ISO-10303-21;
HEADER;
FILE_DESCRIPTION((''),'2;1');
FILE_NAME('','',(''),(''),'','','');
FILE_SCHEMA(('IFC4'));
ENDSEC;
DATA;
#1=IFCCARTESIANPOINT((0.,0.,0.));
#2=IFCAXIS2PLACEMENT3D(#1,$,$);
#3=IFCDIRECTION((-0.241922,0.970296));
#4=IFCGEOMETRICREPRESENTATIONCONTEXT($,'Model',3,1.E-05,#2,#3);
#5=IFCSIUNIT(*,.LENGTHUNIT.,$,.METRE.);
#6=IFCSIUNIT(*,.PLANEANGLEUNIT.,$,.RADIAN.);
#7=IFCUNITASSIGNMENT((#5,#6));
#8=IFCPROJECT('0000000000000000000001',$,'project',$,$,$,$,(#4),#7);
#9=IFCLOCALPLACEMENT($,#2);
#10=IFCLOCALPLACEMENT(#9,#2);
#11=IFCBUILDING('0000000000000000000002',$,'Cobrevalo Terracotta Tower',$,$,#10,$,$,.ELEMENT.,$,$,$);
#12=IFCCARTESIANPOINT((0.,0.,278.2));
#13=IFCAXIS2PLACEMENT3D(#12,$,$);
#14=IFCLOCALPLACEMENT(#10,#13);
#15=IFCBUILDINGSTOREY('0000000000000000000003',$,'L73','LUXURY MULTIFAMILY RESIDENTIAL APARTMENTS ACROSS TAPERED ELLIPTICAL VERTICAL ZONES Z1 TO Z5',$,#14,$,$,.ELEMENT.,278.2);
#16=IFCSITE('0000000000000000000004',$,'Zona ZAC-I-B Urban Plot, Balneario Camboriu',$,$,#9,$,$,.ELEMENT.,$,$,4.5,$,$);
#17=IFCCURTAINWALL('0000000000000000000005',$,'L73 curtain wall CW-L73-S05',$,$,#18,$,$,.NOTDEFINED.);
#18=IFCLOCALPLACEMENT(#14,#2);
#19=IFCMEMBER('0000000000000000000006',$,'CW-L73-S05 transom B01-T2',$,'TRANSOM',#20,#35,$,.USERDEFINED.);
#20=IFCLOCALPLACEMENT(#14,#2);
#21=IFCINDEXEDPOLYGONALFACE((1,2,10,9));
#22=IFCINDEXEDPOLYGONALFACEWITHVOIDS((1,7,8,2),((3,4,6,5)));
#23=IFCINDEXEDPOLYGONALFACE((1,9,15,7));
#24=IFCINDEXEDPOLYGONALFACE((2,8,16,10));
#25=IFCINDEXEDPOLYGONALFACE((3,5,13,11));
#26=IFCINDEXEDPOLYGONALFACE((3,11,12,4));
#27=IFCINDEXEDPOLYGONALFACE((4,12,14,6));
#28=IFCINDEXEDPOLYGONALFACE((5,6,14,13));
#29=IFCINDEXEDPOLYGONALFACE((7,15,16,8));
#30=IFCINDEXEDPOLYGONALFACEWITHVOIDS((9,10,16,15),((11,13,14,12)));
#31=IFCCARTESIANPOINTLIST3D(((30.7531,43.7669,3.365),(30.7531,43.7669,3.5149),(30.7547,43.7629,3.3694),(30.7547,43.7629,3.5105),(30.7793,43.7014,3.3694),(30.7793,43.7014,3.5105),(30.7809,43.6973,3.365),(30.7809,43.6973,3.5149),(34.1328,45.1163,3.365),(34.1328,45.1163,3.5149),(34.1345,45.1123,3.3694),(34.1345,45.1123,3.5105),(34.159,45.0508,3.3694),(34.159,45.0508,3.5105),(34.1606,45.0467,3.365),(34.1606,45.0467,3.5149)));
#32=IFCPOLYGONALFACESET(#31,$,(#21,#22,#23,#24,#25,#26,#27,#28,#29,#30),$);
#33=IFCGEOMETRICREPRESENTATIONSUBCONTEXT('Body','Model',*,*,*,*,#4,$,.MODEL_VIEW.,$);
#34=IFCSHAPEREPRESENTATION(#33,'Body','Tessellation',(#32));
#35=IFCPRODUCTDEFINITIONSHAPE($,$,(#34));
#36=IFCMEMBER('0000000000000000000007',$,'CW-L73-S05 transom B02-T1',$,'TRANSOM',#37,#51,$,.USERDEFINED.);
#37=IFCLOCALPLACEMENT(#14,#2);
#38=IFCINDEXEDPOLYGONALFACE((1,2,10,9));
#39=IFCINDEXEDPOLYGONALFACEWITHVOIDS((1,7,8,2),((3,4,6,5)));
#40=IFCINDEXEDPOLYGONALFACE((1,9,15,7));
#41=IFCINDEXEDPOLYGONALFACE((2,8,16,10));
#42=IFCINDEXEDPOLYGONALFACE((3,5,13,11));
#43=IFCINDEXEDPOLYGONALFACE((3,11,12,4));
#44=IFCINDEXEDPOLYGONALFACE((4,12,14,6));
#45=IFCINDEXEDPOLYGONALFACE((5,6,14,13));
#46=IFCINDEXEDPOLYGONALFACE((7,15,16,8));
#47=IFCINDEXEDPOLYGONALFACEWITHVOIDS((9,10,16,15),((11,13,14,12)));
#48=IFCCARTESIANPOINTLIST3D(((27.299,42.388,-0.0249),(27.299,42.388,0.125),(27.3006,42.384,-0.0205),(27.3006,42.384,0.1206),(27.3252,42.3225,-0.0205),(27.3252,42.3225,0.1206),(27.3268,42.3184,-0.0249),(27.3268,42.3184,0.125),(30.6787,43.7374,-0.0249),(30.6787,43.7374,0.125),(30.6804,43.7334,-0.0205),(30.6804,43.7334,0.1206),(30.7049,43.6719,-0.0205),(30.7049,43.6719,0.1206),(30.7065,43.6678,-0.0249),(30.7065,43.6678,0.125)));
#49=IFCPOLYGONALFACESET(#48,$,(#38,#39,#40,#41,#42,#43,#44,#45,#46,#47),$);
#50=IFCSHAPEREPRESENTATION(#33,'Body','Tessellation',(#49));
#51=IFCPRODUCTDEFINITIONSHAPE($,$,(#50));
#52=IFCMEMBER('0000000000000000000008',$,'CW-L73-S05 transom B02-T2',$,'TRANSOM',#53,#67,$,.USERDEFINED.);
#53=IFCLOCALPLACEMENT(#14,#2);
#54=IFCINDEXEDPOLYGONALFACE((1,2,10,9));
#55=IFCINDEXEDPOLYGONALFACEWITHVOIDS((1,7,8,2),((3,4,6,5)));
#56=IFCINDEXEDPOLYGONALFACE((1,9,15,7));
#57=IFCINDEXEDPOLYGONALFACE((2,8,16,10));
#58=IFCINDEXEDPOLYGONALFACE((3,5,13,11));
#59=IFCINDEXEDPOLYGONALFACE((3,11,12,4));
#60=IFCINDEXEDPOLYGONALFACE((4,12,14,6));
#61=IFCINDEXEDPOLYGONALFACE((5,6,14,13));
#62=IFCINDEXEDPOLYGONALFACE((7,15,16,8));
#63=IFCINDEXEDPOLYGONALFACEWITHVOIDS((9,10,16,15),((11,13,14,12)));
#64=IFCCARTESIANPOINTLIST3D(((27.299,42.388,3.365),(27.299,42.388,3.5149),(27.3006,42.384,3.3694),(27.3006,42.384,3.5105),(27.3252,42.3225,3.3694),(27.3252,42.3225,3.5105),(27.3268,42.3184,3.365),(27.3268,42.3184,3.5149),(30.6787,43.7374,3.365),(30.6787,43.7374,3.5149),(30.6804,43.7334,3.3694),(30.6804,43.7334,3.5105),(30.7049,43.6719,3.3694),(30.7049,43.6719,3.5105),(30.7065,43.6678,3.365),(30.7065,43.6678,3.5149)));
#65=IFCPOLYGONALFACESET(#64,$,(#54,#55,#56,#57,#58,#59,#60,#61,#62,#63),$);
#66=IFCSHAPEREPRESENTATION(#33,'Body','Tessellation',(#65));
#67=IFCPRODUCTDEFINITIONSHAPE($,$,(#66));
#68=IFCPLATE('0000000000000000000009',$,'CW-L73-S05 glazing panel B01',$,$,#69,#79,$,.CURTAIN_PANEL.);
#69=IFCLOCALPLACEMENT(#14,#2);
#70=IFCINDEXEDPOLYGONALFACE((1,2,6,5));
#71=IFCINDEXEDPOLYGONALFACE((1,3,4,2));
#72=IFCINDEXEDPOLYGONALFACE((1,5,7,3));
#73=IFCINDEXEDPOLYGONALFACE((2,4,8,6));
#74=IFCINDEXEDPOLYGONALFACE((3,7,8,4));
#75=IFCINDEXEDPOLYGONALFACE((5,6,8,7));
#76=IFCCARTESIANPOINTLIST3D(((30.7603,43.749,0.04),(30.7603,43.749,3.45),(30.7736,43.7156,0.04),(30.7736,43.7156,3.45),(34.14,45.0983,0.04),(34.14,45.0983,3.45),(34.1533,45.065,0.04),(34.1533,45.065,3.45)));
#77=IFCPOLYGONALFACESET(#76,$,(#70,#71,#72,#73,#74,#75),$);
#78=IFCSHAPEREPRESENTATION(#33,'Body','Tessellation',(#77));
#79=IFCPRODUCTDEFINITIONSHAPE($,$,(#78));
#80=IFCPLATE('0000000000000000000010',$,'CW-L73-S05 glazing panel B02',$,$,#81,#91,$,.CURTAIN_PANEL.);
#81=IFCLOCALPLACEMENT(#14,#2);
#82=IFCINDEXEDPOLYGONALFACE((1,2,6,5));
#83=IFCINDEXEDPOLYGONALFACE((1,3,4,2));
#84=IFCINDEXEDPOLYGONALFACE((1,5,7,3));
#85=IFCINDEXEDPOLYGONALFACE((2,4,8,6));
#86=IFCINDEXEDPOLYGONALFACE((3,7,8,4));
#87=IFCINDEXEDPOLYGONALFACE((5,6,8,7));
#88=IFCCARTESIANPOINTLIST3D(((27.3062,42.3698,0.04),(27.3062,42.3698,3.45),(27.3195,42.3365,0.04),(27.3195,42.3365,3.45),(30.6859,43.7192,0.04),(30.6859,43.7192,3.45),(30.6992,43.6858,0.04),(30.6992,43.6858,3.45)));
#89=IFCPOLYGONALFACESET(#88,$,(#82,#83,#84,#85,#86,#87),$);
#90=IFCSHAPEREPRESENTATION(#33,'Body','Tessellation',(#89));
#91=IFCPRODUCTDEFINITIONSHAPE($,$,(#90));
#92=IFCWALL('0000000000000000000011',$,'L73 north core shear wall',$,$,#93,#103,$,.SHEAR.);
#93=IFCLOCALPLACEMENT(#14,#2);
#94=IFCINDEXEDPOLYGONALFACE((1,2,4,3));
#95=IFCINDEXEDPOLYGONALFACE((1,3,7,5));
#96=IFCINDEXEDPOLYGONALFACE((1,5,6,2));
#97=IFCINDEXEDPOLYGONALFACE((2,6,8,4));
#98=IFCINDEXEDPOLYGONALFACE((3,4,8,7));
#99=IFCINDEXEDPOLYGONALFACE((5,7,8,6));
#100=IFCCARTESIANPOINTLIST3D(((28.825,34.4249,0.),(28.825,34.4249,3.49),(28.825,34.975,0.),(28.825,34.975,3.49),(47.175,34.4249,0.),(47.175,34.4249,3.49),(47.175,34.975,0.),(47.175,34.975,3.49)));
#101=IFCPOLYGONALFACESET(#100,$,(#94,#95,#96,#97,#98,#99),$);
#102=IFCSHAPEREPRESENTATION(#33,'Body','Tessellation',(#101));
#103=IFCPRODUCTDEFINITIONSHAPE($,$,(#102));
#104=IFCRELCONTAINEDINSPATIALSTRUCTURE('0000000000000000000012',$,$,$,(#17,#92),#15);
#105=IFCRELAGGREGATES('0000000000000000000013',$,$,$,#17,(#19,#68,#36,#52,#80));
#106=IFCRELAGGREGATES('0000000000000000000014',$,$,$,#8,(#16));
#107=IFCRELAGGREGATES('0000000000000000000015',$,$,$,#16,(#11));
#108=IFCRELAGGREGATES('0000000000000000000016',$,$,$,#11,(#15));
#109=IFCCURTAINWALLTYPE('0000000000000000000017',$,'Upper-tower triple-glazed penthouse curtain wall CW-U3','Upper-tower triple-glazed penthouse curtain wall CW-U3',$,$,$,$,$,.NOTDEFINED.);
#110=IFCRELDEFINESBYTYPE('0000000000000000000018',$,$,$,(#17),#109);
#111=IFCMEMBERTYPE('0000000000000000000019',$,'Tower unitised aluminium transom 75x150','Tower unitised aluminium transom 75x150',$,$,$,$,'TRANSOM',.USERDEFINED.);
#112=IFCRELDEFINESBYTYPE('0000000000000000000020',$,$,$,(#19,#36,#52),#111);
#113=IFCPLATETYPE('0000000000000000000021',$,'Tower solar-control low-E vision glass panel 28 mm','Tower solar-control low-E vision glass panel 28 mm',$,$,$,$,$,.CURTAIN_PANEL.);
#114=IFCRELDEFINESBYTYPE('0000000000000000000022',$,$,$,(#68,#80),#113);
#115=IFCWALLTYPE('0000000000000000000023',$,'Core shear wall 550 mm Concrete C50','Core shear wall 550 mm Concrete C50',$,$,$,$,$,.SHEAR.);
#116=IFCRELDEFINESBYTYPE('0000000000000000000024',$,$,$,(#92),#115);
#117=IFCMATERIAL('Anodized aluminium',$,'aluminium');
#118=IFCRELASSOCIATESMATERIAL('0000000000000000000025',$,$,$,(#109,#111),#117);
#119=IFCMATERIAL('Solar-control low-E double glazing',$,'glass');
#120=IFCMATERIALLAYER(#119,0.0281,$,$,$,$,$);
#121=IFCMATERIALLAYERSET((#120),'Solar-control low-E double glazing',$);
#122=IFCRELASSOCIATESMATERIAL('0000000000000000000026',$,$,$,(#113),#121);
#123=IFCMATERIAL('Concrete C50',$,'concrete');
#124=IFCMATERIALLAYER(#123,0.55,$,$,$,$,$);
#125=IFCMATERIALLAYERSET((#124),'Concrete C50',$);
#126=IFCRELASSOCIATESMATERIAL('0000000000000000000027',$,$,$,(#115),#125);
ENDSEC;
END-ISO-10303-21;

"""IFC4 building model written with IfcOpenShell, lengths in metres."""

from ifc_helpers import new_model, si_unit, direction, frame, frame_2d, origin, origin_2d, place, context, subcontext, project, spatial, rectangle, hollow_rectangle, extrude, source, transform, mapped, material, layer, layer_set, material_profile, profile_set, type_object, element, aggregate, save


model = new_model("IFC4")

# Units and contexts
model_context = context("Model", 3, precision=1e-05, world=origin(), true_north=direction((-0.241922, 0.970296)))
body_context = subcontext(model_context, "Body", "Model", "MODEL_VIEW")
ifc_project = project(units=[si_unit("LENGTHUNIT", "METRE"), si_unit("PLANEANGLEUNIT", "RADIAN")], contexts=[model_context])

# Site, building, storey
site_placement = place(None, origin())
site = spatial("IfcSite", under=ifc_project, at=site_placement, Name="Zona ZAC-I-B Urban Plot, Balneario Camboriu", CompositionType="ELEMENT", RefElevation=4.5)
building_placement = place(site_placement, origin())
building = spatial("IfcBuilding", under=site, at=building_placement, Name="Cobrevalo Terracotta Tower", CompositionType="ELEMENT")
storey_placement = place(building_placement, frame((0.0, 0.0, 278.2)))
storey = spatial("IfcBuildingStorey", under=building, at=storey_placement, Name="L73", Description="LUXURY MULTIFAMILY RESIDENTIAL APARTMENTS ACROSS TAPERED ELLIPTICAL VERTICAL ZONES Z1 TO Z5", CompositionType="ELEMENT", Elevation=278.2)

# Shared definitions
ifc_material_1 = material(Name="Concrete C50", Category="concrete")

# Curtain wall
ifc_material_2 = material(Name="Anodized aluminium", Category="aluminium")
curtain_wall_type = type_object("IfcCurtainWallType", Name="Upper-tower triple-glazed penthouse curtain wall CW-U3", Description="Upper-tower triple-glazed penthouse curtain wall CW-U3", PredefinedType="NOTDEFINED", material=ifc_material_2)
curtain_wall_1_placement = place(storey_placement, origin())
curtain_wall_1 = element("IfcCurtainWall", 1, at=curtain_wall_1_placement, inside=storey, type_object=curtain_wall_type, Name="L73 curtain wall CW-L73-S05", PredefinedType="NOTDEFINED")

# Members
ifc_material_profile_1 = material_profile(ifc_material_2, hollow_rectangle(XDim=0.075, YDim=0.1499, WallThickness=0.0044, at=origin_2d()), Name="CWT 75x150")
ifc_profile_set_1 = profile_set([ifc_material_profile_1], Name="Anodized aluminium")
member_type_1 = type_object("IfcMemberType", Name="Tower unitised aluminium transom 75x150", Description="Tower unitised aluminium transom 75x150", ElementType="TRANSOM", PredefinedType="USERDEFINED", material=ifc_profile_set_1)
shared_shape_1 = source(origin(), body_context, "Body", "SweptSolid", [
    extrude(hollow_rectangle(XDim=0.075, YDim=0.1499, WallThickness=0.0044, at=origin_2d()), origin(), (0.0, 0.0, 1.0), 3.6392),
])
member_1_placement = place(storey_placement, frame((34.1467, 45.0815, 3.4399), z_axis=(-0.928712, -0.370801, 0.0), x_axis=(0.370801, -0.928712, 0.0)))
member_1 = element("IfcMember", 2, at=member_1_placement, type_object=member_type_1, Name="CW-L73-S05 transom B01-T2", ObjectType="TRANSOM", PredefinedType="USERDEFINED", context=body_context, shape_type="MappedRepresentation", body=[
    mapped(shared_shape_1, transform((0.0, 0.0, 0.0), scale=1.0)),
])
member_2_placement = place(storey_placement, frame((30.6926, 43.7026, 0.05), z_axis=(-0.928712, -0.370801, 0.0), x_axis=(0.370801, -0.928712, 0.0)))
member_2 = element("IfcMember", 3, at=member_2_placement, type_object=member_type_1, Name="CW-L73-S05 transom B02-T1", ObjectType="TRANSOM", PredefinedType="USERDEFINED", context=body_context, shape_type="MappedRepresentation", body=[
    mapped(shared_shape_1, transform((0.0, 0.0, 0.0), scale=1.0)),
])
member_3_placement = place(storey_placement, frame((30.6926, 43.7026, 3.4399), z_axis=(-0.928712, -0.370801, 0.0), x_axis=(0.370801, -0.928712, 0.0)))
member_3 = element("IfcMember", 4, at=member_3_placement, type_object=member_type_1, Name="CW-L73-S05 transom B02-T2", ObjectType="TRANSOM", PredefinedType="USERDEFINED", context=body_context, shape_type="MappedRepresentation", body=[
    mapped(shared_shape_1, transform((0.0, 0.0, 0.0), scale=1.0)),
])

# Plates
ifc_material_3 = material(Name="Solar-control low-E double glazing", Category="glass")
ifc_layer_1 = layer(ifc_material_3, 0.0281)
ifc_layer_set_1 = layer_set([ifc_layer_1], Name="Solar-control low-E double glazing")
plate_type = type_object("IfcPlateType", Name="Tower solar-control low-E vision glass panel 28 mm", Description="Tower solar-control low-E vision glass panel 28 mm", PredefinedType="CURTAIN_PANEL", material=ifc_layer_set_1)
shared_shape_2 = source(origin(), body_context, "Body", "SweptSolid", [
    extrude(rectangle(XDim=3.6392, YDim=0.0359, at=origin_2d()), origin(), (0.0, 0.0, 1.0), 3.4099),
])
plate_1_placement = place(storey_placement, frame((32.4568, 44.407, 0.04), z_axis=(0.0, 0.0, 1.0), x_axis=(-0.928718, -0.370786, 0.0)))
plate_1 = element("IfcPlate", 5, at=plate_1_placement, type_object=plate_type, Name="CW-L73-S05 glazing panel B01", PredefinedType="CURTAIN_PANEL", context=body_context, shape_type="MappedRepresentation", body=[
    mapped(shared_shape_2, transform((0.0, 0.0, 0.0), scale=1.0)),
])
plate_2_placement = place(storey_placement, frame((29.0027, 43.0278, 0.04), z_axis=(0.0, 0.0, 1.0), x_axis=(-0.928718, -0.370786, 0.0)))
plate_2 = element("IfcPlate", 6, at=plate_2_placement, type_object=plate_type, Name="CW-L73-S05 glazing panel B02", PredefinedType="CURTAIN_PANEL", context=body_context, shape_type="MappedRepresentation", body=[
    mapped(shared_shape_2, transform((0.0, 0.0, 0.0), scale=1.0)),
])
aggregate(curtain_wall_1, [member_1, plate_1, member_2, member_3, plate_2])

# Wall
ifc_layer_2 = layer(ifc_material_1, 0.55)
ifc_layer_set_2 = layer_set([ifc_layer_2], Name="Concrete C50")
wall_type_1 = type_object("IfcWallType", Name="Core shear wall 550 mm Concrete C50", Description="Core shear wall 550 mm Concrete C50", PredefinedType="SHEAR", material=ifc_layer_set_2)
wall_1_placement = place(storey_placement, frame((28.825, 34.7, 0.0), z_axis=(0.0, 0.0, 1.0), x_axis=(1.0, 0.0, 0.0)))
element("IfcWall", 7, at=wall_1_placement, inside=storey, type_object=wall_type_1, Name="L73 north core shear wall", PredefinedType="SHEAR", context=body_context, shape_type="SweptSolid", body=[
    extrude(rectangle(XDim=18.3501, YDim=0.55, at=frame_2d((9.175, 0.0))), origin(), (0.0, 0.0, 1.0), 3.49),
])

save(model, "model.ifc")
